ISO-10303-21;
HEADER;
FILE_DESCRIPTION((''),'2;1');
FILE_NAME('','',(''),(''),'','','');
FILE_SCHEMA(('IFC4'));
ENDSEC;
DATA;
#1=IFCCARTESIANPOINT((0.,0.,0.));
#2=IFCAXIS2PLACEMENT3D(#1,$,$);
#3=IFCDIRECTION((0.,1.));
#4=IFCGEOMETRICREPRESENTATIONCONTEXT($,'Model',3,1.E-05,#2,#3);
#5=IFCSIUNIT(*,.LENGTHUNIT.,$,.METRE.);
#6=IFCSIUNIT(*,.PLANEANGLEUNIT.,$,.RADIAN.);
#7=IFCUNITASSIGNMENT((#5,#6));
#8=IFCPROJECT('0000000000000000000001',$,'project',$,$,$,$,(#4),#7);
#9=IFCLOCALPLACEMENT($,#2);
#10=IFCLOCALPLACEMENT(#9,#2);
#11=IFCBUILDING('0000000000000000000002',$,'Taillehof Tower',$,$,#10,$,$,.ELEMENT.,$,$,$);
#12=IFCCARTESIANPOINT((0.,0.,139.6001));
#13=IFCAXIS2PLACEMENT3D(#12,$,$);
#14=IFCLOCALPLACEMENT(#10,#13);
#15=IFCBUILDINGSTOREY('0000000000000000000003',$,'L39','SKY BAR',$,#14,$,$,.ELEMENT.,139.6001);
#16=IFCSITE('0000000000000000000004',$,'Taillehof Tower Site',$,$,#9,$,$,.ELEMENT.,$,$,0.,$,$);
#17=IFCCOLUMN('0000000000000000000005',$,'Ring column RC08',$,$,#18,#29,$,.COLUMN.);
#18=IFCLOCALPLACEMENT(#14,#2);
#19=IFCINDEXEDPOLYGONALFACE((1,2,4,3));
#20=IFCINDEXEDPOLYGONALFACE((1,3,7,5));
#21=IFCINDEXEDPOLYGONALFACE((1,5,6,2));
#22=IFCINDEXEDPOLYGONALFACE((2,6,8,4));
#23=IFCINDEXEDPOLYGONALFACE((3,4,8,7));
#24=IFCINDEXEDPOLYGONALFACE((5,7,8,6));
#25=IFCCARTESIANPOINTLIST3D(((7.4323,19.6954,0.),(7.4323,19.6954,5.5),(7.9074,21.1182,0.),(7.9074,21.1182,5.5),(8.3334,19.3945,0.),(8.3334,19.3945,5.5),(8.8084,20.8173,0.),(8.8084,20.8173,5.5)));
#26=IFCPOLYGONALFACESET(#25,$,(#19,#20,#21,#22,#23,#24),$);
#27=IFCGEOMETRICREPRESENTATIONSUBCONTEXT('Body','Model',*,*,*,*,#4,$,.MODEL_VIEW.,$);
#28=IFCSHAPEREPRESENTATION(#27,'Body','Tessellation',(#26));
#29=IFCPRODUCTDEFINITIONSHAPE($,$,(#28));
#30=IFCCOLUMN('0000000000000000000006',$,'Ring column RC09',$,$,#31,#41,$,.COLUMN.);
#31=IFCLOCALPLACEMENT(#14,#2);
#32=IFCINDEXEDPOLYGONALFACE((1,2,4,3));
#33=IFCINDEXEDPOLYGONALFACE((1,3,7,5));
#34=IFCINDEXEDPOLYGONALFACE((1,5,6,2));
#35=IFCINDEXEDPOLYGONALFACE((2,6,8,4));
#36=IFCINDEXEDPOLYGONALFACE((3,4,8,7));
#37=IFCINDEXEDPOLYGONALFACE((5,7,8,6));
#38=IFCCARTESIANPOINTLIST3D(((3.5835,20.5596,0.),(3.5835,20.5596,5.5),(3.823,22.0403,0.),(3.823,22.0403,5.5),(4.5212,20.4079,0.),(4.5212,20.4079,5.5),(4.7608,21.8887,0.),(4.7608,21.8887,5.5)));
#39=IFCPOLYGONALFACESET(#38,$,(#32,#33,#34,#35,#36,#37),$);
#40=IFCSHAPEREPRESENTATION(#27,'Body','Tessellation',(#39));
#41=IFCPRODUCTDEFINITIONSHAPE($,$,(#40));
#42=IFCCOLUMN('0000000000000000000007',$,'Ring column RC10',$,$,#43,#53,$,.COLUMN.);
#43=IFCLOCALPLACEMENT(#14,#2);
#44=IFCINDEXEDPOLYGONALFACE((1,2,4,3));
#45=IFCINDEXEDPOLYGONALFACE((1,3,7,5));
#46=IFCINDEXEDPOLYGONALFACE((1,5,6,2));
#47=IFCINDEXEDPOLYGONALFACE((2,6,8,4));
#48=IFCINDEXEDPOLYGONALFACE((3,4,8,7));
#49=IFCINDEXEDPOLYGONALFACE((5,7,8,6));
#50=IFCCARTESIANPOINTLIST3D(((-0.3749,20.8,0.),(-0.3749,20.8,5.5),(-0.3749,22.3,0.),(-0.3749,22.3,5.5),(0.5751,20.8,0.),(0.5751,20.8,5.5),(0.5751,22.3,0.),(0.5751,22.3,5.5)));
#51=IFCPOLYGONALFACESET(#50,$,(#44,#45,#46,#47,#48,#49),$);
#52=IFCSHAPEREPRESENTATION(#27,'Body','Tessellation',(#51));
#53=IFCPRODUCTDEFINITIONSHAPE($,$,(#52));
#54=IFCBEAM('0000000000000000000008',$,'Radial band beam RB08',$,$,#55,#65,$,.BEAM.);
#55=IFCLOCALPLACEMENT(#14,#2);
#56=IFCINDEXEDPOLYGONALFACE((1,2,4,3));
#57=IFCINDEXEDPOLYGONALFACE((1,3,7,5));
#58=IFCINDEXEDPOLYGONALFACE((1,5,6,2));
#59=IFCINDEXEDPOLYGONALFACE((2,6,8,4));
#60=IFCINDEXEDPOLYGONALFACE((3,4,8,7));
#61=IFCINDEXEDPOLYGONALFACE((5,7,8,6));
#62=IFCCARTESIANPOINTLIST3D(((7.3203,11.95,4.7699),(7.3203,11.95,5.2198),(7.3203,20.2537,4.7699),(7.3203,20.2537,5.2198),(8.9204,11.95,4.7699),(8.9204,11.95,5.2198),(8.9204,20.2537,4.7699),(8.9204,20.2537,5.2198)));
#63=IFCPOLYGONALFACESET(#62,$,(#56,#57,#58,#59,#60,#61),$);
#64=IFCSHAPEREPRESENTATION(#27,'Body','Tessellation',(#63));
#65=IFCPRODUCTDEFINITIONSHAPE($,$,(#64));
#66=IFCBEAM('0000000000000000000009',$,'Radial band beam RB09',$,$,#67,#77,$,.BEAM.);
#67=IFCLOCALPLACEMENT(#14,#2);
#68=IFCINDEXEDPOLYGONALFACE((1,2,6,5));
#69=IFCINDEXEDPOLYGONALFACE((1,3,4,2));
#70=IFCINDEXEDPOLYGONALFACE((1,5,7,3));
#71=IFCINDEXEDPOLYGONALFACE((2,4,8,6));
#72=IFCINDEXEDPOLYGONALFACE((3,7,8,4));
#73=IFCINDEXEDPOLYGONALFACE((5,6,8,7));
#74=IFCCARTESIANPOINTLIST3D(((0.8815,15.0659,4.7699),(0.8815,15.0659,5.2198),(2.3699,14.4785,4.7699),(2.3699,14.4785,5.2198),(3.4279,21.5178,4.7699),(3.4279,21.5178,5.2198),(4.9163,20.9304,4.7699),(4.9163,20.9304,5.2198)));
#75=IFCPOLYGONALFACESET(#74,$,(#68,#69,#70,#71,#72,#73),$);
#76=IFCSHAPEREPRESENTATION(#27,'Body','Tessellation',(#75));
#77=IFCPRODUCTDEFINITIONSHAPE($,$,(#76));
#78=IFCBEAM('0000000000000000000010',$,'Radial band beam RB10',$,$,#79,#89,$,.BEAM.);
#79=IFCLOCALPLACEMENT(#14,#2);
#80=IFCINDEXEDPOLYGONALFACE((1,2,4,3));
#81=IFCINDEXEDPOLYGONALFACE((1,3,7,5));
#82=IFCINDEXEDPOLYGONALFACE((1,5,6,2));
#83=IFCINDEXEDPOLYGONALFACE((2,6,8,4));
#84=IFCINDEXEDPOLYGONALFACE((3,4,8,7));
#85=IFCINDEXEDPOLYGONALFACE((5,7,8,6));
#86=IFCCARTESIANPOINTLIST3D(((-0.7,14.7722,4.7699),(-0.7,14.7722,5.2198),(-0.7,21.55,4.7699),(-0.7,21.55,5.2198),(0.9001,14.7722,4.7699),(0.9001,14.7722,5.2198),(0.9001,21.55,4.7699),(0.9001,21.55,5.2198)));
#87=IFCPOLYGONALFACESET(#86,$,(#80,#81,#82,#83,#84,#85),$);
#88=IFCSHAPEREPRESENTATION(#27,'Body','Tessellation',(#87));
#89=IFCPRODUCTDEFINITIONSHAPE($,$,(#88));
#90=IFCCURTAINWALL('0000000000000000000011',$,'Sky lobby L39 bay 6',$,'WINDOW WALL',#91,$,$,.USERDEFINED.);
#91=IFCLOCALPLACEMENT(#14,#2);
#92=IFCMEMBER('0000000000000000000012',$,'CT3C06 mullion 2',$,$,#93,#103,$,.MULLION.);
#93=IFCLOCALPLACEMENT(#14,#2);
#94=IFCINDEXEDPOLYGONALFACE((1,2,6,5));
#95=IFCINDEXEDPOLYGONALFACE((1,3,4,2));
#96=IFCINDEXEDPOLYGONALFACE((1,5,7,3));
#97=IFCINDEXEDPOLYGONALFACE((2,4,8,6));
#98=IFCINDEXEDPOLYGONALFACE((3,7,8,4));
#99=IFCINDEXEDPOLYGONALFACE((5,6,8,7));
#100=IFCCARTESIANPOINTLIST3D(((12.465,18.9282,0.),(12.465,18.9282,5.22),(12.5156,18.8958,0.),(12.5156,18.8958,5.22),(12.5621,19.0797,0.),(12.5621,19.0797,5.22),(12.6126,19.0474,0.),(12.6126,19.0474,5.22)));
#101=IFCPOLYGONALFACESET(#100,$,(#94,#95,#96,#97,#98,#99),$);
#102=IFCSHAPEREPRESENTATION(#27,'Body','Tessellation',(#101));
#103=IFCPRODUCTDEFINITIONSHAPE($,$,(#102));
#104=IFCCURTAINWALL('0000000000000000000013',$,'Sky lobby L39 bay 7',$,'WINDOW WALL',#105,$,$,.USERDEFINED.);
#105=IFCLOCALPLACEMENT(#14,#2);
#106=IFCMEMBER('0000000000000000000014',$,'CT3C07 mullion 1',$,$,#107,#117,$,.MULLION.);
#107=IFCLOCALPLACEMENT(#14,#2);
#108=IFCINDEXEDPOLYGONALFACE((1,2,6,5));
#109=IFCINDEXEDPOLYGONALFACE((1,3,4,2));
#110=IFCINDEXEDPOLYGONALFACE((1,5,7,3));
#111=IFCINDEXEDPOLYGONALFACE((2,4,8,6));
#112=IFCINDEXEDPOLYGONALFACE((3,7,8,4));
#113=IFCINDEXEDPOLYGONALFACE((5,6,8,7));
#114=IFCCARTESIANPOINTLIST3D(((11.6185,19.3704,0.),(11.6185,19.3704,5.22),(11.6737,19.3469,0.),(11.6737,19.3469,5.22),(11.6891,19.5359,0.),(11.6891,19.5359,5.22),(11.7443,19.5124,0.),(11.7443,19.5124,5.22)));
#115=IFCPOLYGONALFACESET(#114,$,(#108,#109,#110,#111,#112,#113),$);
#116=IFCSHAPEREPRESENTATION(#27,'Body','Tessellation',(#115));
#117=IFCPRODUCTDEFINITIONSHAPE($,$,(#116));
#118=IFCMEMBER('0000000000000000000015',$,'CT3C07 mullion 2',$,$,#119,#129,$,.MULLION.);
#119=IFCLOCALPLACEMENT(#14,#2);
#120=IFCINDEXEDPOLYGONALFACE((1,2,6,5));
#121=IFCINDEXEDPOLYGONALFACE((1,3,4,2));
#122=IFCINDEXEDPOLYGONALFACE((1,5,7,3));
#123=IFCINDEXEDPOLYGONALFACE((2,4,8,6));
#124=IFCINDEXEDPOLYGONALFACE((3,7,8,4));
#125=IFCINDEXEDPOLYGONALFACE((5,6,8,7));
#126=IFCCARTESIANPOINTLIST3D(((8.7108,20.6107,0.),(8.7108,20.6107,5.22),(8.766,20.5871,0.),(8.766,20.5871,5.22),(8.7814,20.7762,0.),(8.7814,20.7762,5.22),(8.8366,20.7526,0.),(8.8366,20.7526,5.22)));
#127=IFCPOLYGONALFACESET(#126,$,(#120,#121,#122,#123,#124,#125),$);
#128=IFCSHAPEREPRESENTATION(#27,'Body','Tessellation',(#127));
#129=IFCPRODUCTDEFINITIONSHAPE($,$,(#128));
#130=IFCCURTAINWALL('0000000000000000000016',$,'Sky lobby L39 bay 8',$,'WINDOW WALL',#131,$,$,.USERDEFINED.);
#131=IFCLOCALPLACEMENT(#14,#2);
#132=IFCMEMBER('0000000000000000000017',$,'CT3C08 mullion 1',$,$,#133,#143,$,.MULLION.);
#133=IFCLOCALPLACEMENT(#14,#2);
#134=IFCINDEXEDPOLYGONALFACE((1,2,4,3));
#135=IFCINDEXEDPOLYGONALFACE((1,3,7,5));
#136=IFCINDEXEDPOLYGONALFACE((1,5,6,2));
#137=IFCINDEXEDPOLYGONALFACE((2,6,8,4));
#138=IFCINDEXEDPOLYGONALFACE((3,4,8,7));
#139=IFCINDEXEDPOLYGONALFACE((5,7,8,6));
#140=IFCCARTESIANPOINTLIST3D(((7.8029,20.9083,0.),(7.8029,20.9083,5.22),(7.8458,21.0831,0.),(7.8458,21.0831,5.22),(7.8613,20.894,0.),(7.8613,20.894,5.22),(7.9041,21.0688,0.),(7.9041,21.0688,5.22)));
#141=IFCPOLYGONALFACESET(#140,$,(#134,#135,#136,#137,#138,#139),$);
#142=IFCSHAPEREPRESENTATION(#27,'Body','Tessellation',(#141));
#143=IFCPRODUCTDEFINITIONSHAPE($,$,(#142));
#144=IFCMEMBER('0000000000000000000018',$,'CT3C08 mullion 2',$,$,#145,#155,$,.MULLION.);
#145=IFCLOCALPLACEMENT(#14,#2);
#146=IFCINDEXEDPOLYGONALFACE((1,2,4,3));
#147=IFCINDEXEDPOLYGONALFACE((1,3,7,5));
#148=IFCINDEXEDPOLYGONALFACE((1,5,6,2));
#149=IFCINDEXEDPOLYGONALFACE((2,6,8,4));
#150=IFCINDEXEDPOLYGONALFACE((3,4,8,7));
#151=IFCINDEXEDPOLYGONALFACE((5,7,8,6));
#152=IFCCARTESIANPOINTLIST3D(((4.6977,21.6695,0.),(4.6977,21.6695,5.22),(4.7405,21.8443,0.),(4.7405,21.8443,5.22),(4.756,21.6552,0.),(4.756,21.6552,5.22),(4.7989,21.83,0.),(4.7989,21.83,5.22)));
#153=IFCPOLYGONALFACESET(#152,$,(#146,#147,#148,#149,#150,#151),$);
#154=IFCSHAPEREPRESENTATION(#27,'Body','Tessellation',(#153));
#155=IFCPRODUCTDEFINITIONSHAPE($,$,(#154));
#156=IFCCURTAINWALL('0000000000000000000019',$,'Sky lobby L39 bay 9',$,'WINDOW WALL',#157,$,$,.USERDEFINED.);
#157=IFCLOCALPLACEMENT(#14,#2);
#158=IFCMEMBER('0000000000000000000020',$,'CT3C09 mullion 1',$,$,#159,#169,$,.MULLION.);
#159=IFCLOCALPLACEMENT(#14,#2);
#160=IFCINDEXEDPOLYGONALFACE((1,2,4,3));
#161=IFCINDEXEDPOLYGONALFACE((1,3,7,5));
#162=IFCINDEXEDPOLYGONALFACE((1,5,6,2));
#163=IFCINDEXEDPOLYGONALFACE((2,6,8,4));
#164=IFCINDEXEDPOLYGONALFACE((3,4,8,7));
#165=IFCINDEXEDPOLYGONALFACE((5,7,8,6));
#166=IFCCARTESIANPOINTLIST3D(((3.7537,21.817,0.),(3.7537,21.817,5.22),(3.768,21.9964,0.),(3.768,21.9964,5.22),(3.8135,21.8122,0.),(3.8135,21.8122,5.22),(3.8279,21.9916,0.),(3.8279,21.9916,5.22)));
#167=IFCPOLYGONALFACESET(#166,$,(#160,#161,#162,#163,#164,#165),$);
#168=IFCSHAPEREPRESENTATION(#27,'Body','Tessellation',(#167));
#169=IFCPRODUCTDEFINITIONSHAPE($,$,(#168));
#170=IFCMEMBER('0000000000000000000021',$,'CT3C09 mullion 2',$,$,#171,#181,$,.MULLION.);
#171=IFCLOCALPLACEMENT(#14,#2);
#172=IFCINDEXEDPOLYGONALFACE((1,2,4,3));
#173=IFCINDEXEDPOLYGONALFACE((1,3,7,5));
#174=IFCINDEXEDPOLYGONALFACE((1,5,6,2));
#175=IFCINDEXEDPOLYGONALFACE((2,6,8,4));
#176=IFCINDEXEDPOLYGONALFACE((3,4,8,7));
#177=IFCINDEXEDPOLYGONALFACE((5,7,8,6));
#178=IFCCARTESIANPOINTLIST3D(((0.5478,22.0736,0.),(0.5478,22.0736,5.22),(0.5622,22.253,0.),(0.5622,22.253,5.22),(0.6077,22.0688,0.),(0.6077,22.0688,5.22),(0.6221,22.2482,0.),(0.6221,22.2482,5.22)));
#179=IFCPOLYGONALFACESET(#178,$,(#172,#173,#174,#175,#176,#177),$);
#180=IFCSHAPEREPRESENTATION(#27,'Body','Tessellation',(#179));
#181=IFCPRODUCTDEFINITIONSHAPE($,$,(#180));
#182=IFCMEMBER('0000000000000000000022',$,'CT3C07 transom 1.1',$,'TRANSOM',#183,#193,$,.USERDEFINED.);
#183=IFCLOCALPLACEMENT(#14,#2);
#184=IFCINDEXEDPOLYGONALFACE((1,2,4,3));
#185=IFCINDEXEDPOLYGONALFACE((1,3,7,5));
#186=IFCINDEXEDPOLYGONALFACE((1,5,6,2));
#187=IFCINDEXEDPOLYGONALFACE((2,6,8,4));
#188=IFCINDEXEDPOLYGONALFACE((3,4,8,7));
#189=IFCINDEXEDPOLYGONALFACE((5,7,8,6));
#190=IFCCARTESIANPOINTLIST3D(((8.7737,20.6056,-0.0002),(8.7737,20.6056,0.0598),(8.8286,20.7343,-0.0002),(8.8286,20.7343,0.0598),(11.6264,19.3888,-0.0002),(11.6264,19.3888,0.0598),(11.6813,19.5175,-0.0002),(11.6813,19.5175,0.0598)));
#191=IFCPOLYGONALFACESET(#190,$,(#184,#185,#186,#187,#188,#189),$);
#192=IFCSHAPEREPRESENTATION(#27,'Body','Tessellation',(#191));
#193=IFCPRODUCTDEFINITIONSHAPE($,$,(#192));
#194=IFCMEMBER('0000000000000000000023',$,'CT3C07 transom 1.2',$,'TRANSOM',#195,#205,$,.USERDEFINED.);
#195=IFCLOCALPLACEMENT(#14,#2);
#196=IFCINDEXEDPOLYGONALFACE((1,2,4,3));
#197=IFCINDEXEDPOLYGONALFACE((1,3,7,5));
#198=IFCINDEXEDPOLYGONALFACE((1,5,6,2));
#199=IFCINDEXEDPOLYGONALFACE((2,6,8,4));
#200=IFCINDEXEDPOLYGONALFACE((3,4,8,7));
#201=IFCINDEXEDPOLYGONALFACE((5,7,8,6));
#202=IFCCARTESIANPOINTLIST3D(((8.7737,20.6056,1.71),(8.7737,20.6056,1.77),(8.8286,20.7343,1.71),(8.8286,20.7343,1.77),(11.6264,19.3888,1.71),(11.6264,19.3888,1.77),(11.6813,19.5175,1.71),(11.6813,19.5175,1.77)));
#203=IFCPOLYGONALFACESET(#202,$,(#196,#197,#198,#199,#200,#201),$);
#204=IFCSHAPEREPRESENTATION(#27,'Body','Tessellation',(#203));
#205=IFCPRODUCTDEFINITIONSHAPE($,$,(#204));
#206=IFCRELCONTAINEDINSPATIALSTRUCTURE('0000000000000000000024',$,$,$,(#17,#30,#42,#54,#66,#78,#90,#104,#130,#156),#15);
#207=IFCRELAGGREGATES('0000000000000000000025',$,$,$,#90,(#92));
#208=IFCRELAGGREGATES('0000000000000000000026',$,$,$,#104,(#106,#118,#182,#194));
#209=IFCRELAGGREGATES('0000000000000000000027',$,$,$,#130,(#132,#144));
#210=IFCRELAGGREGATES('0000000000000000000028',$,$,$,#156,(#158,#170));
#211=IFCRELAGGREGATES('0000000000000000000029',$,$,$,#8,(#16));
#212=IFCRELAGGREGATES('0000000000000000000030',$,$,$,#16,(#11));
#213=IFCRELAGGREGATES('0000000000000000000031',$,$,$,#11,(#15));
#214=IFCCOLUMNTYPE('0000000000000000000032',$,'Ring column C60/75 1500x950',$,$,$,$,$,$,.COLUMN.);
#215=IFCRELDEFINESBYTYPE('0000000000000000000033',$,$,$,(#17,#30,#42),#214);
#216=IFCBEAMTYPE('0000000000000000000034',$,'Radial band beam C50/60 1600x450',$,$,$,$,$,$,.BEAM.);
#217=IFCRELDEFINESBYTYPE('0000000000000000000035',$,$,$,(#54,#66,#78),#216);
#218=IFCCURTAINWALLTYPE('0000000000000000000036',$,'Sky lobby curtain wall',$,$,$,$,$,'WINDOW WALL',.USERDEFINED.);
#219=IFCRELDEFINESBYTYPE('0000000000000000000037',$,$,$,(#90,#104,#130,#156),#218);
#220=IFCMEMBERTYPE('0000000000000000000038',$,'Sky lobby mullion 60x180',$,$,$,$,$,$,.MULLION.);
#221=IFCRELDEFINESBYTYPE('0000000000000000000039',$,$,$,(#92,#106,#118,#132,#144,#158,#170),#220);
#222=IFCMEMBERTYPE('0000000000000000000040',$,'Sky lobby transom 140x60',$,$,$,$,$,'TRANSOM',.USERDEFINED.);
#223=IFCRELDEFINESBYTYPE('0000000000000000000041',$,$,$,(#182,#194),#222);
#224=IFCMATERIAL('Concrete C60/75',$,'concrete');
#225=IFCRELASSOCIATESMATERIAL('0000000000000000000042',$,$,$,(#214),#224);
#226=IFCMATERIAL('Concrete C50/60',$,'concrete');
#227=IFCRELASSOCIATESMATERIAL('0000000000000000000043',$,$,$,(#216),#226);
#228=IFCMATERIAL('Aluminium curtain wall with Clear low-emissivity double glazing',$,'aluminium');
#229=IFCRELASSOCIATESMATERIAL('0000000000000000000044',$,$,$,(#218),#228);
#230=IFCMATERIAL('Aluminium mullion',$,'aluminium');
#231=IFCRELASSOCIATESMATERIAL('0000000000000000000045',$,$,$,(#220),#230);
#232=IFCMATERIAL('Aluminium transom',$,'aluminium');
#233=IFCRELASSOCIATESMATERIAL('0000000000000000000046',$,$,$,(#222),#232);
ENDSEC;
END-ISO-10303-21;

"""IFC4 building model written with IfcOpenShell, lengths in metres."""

from ifc_helpers import new_model, si_unit, direction, frame, origin, origin_2d, place, context, subcontext, project, spatial, rectangle, extrude, material, material_profile, profile_set, type_object, element, aggregate, save


model = new_model("IFC4")

# Units and contexts
model_context = context("Model", 3, precision=1e-05, world=origin(), true_north=direction((0.0, 1.0)))
body_context = subcontext(model_context, "Body", "Model", "MODEL_VIEW")
ifc_project = project(units=[si_unit("LENGTHUNIT", "METRE"), si_unit("PLANEANGLEUNIT", "RADIAN")], contexts=[model_context])

# Site, building, storey
site_placement = place(None, origin())
site = spatial("IfcSite", under=ifc_project, at=site_placement, Name="Taillehof Tower Site", CompositionType="ELEMENT", RefElevation=0.0)
building_placement = place(site_placement, origin())
building = spatial("IfcBuilding", under=site, at=building_placement, Name="Taillehof Tower", CompositionType="ELEMENT")
storey_placement = place(building_placement, frame((0.0, 0.0, 139.6001)))
storey = spatial("IfcBuildingStorey", under=building, at=storey_placement, Name="L39", Description="SKY BAR", CompositionType="ELEMENT", Elevation=139.6001)

# Columns
ifc_material_1 = material(Name="Concrete C60/75", Category="concrete")
ifc_material_profile_1 = material_profile(ifc_material_1, rectangle(XDim=1.5, YDim=0.95, at=origin_2d()), Name="RC 1500x950")
ifc_profile_set_1 = profile_set([ifc_material_profile_1], Name="Concrete C60/75")
column_type = type_object("IfcColumnType", Name="Ring column C60/75 1500x950", PredefinedType="COLUMN", material=ifc_profile_set_1)
for number, where, z_axis, x_axis, name in (
    (1, (8.1204, 20.2563, 0.0), (0.0, 0.0, 1.0), (0.316703, 0.948525, 0.0), "Ring column RC08"),
    (2, (4.1721, 21.2241, 0.0), (0.0, 0.0, 1.0), (0.159679, 0.987169, 0.0), "Ring column RC09"),
    (3, (0.1001, 21.55, 0.0), (0.0, 0.0, 1.0), (0.0, 1.0, 0.0), "Ring column RC10"),
):
    element("IfcColumn", number, at=place(storey_placement, frame(where, z_axis=z_axis, x_axis=x_axis)), inside=storey, type_object=column_type, Name=name, PredefinedType="COLUMN", context=body_context, shape_type="SweptSolid", body=[
        extrude(rectangle(XDim=1.5, YDim=0.95, at=origin_2d()), origin(), (0.0, 0.0, 1.0), 5.5),
    ])

# Beams
ifc_material_2 = material(Name="Concrete C50/60", Category="concrete")
ifc_material_profile_2 = material_profile(ifc_material_2, rectangle(XDim=1.6001, YDim=0.45, at=origin_2d()), Name="RC 1600x450")
ifc_profile_set_2 = profile_set([ifc_material_profile_2], Name="Concrete C50/60")
beam_type_1 = type_object("IfcBeamType", Name="Radial band beam C50/60 1600x450", PredefinedType="BEAM", material=ifc_profile_set_2)
beam_1_placement = place(storey_placement, frame((8.1204, 20.2537, 4.9949), z_axis=(0.0, -1.0, 0.0), x_axis=(1.0, 0.0, 0.0)))
element("IfcBeam", 4, at=beam_1_placement, inside=storey, type_object=beam_type_1, Name="Radial band beam RB08", PredefinedType="BEAM", context=body_context, shape_type="SweptSolid", body=[
    extrude(rectangle(XDim=1.6001, YDim=0.45, at=origin_2d()), origin(), (0.0, 0.0, 1.0), 8.3037),
])
beam_2_placement = place(storey_placement, frame((4.1721, 21.2241, 4.9949), z_axis=(-0.367114, -0.930176, 0.0), x_axis=(0.930176, -0.367114, 0.0)))
element("IfcBeam", 5, at=beam_2_placement, inside=storey, type_object=beam_type_1, Name="Radial band beam RB09", PredefinedType="BEAM", context=body_context, shape_type="SweptSolid", body=[
    extrude(rectangle(XDim=1.6001, YDim=0.45, at=origin_2d()), origin(), (0.0, 0.0, 1.0), 6.9363),
])
beam_3_placement = place(storey_placement, frame((0.1001, 21.55, 4.9949), z_axis=(0.0, -1.0, 0.0), x_axis=(1.0, 0.0, 0.0)))
element("IfcBeam", 6, at=beam_3_placement, inside=storey, type_object=beam_type_1, Name="Radial band beam RB10", PredefinedType="BEAM", context=body_context, shape_type="SweptSolid", body=[
    extrude(rectangle(XDim=1.6001, YDim=0.45, at=origin_2d()), origin(), (0.0, 0.0, 1.0), 6.7778),
])

# Curtain wall, member
ifc_material_3 = material(Name="Aluminium curtain wall with Clear low-emissivity double glazing", Category="aluminium")
curtain_wall_type = type_object("IfcCurtainWallType", Name="Sky lobby curtain wall", ElementType="WINDOW WALL", PredefinedType="USERDEFINED", material=ifc_material_3)
curtain_wall_1_placement = place(storey_placement, origin())
curtain_wall_1 = element("IfcCurtainWall", 7, at=curtain_wall_1_placement, inside=storey, type_object=curtain_wall_type, Name="Sky lobby L39 bay 6", ObjectType="WINDOW WALL", PredefinedType="USERDEFINED")
ifc_material_4 = material(Name="Aluminium mullion", Category="aluminium")
ifc_material_profile_3 = material_profile(ifc_material_4, rectangle(XDim=0.1799, YDim=0.0601, at=origin_2d()), Name="AL 60x180")
ifc_profile_set_3 = profile_set([ifc_material_profile_3], Name="Aluminium mullion")
member_type_1 = type_object("IfcMemberType", Name="Sky lobby mullion 60x180", PredefinedType="MULLION", material=ifc_profile_set_3)
member_1_placement = place(storey_placement, frame((12.5388, 18.9878, 0.0), z_axis=(0.0, 0.0, 1.0), x_axis=(-0.539394, -0.842053, 0.0)))
member_1 = element("IfcMember", 8, at=member_1_placement, type_object=member_type_1, Name="CT3C06 mullion 2", PredefinedType="MULLION", context=body_context, shape_type="SweptSolid", body=[
    extrude(rectangle(XDim=0.1799, YDim=0.0601, at=origin_2d()), origin(), (0.0, 0.0, 1.0), 5.22),
])
aggregate(curtain_wall_1, [member_1])

# Curtain walls, members
curtain_wall_2_placement = place(storey_placement, origin())
curtain_wall_2 = element("IfcCurtainWall", 9, at=curtain_wall_2_placement, inside=storey, type_object=curtain_wall_type, Name="Sky lobby L39 bay 7", ObjectType="WINDOW WALL", PredefinedType="USERDEFINED")
member_2_placement = place(storey_placement, frame((11.6814, 19.4414, 0.0), z_axis=(0.0, 0.0, 1.0), x_axis=(-0.392379, -0.919804, 0.0)))
member_2 = element("IfcMember", 10, at=member_2_placement, type_object=member_type_1, Name="CT3C07 mullion 1", PredefinedType="MULLION", context=body_context, shape_type="SweptSolid", body=[
    extrude(rectangle(XDim=0.1799, YDim=0.0601, at=origin_2d()), origin(), (0.0, 0.0, 1.0), 5.22),
])
member_3_placement = place(storey_placement, frame((8.7737, 20.6816, 0.0), z_axis=(0.0, 0.0, 1.0), x_axis=(-0.392379, -0.919804, 0.0)))
member_3 = element("IfcMember", 11, at=member_3_placement, type_object=member_type_1, Name="CT3C07 mullion 2", PredefinedType="MULLION", context=body_context, shape_type="SweptSolid", body=[
    extrude(rectangle(XDim=0.1799, YDim=0.0601, at=origin_2d()), origin(), (0.0, 0.0, 1.0), 5.22),
])
curtain_wall_3_placement = place(storey_placement, origin())
curtain_wall_3 = element("IfcCurtainWall", 12, at=curtain_wall_3_placement, inside=storey, type_object=curtain_wall_type, Name="Sky lobby L39 bay 8", ObjectType="WINDOW WALL", PredefinedType="USERDEFINED")
member_4_placement = place(storey_placement, frame((7.8535, 20.9885, 0.0), z_axis=(0.0, 0.0, 1.0), x_axis=(-0.238077, -0.971246, 0.0)))
member_4 = element("IfcMember", 13, at=member_4_placement, type_object=member_type_1, Name="CT3C08 mullion 1", PredefinedType="MULLION", context=body_context, shape_type="SweptSolid", body=[
    extrude(rectangle(XDim=0.1799, YDim=0.0601, at=origin_2d()), origin(), (0.0, 0.0, 1.0), 5.22),
])
member_5_placement = place(storey_placement, frame((4.7483, 21.7498, 0.0), z_axis=(0.0, 0.0, 1.0), x_axis=(-0.238077, -0.971246, 0.0)))
member_5 = element("IfcMember", 14, at=member_5_placement, type_object=member_type_1, Name="CT3C08 mullion 2", PredefinedType="MULLION", context=body_context, shape_type="SweptSolid", body=[
    extrude(rectangle(XDim=0.1799, YDim=0.0601, at=origin_2d()), origin(), (0.0, 0.0, 1.0), 5.22),
])
curtain_wall_4_placement = place(storey_placement, origin())
curtain_wall_4 = element("IfcCurtainWall", 15, at=curtain_wall_4_placement, inside=storey, type_object=curtain_wall_type, Name="Sky lobby L39 bay 9", ObjectType="WINDOW WALL", PredefinedType="USERDEFINED")
member_6_placement = place(storey_placement, frame((3.7908, 21.9043, 0.0), z_axis=(0.0, 0.0, 1.0), x_axis=(-0.079781, -0.996812, 0.0)))
member_6 = element("IfcMember", 16, at=member_6_placement, type_object=member_type_1, Name="CT3C09 mullion 1", PredefinedType="MULLION", context=body_context, shape_type="SweptSolid", body=[
    extrude(rectangle(XDim=0.1799, YDim=0.0601, at=origin_2d()), origin(), (0.0, 0.0, 1.0), 5.22),
])
member_7_placement = place(storey_placement, frame((0.585, 22.1609, 0.0), z_axis=(0.0, 0.0, 1.0), x_axis=(-0.079781, -0.996812, 0.0)))
member_7 = element("IfcMember", 17, at=member_7_placement, type_object=member_type_1, Name="CT3C09 mullion 2", PredefinedType="MULLION", context=body_context, shape_type="SweptSolid", body=[
    extrude(rectangle(XDim=0.1799, YDim=0.0601, at=origin_2d()), origin(), (0.0, 0.0, 1.0), 5.22),
])

# Members
ifc_material_5 = material(Name="Aluminium transom", Category="aluminium")
ifc_material_profile_4 = material_profile(ifc_material_5, rectangle(XDim=0.1399, YDim=0.0601, at=origin_2d()), Name="AL 140x60")
ifc_profile_set_4 = profile_set([ifc_material_profile_4], Name="Aluminium transom")
member_type_2 = type_object("IfcMemberType", Name="Sky lobby transom 140x60", ElementType="TRANSOM", PredefinedType="USERDEFINED", material=ifc_profile_set_4)
member_8_placement = place(storey_placement, frame((11.6538, 19.4531, 0.0298), z_axis=(-0.919812, 0.392361, 0.0), x_axis=(-0.392361, -0.919812, 0.0)))
member_8 = element("IfcMember", 18, at=member_8_placement, type_object=member_type_2, Name="CT3C07 transom 1.1", ObjectType="TRANSOM", PredefinedType="USERDEFINED", context=body_context, shape_type="SweptSolid", body=[
    extrude(rectangle(XDim=0.1399, YDim=0.0601, at=origin_2d()), origin(), (0.0, 0.0, 1.0), 3.1013),
])
member_9_placement = place(storey_placement, frame((11.6538, 19.4531, 1.74), z_axis=(-0.919812, 0.392361, 0.0), x_axis=(-0.392361, -0.919812, 0.0)))
member_9 = element("IfcMember", 19, at=member_9_placement, type_object=member_type_2, Name="CT3C07 transom 1.2", ObjectType="TRANSOM", PredefinedType="USERDEFINED", context=body_context, shape_type="SweptSolid", body=[
    extrude(rectangle(XDim=0.1399, YDim=0.0601, at=origin_2d()), origin(), (0.0, 0.0, 1.0), 3.1013),
])

aggregate(curtain_wall_2, [member_2, member_3, member_8, member_9])
aggregate(curtain_wall_3, [member_4, member_5])
aggregate(curtain_wall_4, [member_6, member_7])

save(model, "model.ifc")
